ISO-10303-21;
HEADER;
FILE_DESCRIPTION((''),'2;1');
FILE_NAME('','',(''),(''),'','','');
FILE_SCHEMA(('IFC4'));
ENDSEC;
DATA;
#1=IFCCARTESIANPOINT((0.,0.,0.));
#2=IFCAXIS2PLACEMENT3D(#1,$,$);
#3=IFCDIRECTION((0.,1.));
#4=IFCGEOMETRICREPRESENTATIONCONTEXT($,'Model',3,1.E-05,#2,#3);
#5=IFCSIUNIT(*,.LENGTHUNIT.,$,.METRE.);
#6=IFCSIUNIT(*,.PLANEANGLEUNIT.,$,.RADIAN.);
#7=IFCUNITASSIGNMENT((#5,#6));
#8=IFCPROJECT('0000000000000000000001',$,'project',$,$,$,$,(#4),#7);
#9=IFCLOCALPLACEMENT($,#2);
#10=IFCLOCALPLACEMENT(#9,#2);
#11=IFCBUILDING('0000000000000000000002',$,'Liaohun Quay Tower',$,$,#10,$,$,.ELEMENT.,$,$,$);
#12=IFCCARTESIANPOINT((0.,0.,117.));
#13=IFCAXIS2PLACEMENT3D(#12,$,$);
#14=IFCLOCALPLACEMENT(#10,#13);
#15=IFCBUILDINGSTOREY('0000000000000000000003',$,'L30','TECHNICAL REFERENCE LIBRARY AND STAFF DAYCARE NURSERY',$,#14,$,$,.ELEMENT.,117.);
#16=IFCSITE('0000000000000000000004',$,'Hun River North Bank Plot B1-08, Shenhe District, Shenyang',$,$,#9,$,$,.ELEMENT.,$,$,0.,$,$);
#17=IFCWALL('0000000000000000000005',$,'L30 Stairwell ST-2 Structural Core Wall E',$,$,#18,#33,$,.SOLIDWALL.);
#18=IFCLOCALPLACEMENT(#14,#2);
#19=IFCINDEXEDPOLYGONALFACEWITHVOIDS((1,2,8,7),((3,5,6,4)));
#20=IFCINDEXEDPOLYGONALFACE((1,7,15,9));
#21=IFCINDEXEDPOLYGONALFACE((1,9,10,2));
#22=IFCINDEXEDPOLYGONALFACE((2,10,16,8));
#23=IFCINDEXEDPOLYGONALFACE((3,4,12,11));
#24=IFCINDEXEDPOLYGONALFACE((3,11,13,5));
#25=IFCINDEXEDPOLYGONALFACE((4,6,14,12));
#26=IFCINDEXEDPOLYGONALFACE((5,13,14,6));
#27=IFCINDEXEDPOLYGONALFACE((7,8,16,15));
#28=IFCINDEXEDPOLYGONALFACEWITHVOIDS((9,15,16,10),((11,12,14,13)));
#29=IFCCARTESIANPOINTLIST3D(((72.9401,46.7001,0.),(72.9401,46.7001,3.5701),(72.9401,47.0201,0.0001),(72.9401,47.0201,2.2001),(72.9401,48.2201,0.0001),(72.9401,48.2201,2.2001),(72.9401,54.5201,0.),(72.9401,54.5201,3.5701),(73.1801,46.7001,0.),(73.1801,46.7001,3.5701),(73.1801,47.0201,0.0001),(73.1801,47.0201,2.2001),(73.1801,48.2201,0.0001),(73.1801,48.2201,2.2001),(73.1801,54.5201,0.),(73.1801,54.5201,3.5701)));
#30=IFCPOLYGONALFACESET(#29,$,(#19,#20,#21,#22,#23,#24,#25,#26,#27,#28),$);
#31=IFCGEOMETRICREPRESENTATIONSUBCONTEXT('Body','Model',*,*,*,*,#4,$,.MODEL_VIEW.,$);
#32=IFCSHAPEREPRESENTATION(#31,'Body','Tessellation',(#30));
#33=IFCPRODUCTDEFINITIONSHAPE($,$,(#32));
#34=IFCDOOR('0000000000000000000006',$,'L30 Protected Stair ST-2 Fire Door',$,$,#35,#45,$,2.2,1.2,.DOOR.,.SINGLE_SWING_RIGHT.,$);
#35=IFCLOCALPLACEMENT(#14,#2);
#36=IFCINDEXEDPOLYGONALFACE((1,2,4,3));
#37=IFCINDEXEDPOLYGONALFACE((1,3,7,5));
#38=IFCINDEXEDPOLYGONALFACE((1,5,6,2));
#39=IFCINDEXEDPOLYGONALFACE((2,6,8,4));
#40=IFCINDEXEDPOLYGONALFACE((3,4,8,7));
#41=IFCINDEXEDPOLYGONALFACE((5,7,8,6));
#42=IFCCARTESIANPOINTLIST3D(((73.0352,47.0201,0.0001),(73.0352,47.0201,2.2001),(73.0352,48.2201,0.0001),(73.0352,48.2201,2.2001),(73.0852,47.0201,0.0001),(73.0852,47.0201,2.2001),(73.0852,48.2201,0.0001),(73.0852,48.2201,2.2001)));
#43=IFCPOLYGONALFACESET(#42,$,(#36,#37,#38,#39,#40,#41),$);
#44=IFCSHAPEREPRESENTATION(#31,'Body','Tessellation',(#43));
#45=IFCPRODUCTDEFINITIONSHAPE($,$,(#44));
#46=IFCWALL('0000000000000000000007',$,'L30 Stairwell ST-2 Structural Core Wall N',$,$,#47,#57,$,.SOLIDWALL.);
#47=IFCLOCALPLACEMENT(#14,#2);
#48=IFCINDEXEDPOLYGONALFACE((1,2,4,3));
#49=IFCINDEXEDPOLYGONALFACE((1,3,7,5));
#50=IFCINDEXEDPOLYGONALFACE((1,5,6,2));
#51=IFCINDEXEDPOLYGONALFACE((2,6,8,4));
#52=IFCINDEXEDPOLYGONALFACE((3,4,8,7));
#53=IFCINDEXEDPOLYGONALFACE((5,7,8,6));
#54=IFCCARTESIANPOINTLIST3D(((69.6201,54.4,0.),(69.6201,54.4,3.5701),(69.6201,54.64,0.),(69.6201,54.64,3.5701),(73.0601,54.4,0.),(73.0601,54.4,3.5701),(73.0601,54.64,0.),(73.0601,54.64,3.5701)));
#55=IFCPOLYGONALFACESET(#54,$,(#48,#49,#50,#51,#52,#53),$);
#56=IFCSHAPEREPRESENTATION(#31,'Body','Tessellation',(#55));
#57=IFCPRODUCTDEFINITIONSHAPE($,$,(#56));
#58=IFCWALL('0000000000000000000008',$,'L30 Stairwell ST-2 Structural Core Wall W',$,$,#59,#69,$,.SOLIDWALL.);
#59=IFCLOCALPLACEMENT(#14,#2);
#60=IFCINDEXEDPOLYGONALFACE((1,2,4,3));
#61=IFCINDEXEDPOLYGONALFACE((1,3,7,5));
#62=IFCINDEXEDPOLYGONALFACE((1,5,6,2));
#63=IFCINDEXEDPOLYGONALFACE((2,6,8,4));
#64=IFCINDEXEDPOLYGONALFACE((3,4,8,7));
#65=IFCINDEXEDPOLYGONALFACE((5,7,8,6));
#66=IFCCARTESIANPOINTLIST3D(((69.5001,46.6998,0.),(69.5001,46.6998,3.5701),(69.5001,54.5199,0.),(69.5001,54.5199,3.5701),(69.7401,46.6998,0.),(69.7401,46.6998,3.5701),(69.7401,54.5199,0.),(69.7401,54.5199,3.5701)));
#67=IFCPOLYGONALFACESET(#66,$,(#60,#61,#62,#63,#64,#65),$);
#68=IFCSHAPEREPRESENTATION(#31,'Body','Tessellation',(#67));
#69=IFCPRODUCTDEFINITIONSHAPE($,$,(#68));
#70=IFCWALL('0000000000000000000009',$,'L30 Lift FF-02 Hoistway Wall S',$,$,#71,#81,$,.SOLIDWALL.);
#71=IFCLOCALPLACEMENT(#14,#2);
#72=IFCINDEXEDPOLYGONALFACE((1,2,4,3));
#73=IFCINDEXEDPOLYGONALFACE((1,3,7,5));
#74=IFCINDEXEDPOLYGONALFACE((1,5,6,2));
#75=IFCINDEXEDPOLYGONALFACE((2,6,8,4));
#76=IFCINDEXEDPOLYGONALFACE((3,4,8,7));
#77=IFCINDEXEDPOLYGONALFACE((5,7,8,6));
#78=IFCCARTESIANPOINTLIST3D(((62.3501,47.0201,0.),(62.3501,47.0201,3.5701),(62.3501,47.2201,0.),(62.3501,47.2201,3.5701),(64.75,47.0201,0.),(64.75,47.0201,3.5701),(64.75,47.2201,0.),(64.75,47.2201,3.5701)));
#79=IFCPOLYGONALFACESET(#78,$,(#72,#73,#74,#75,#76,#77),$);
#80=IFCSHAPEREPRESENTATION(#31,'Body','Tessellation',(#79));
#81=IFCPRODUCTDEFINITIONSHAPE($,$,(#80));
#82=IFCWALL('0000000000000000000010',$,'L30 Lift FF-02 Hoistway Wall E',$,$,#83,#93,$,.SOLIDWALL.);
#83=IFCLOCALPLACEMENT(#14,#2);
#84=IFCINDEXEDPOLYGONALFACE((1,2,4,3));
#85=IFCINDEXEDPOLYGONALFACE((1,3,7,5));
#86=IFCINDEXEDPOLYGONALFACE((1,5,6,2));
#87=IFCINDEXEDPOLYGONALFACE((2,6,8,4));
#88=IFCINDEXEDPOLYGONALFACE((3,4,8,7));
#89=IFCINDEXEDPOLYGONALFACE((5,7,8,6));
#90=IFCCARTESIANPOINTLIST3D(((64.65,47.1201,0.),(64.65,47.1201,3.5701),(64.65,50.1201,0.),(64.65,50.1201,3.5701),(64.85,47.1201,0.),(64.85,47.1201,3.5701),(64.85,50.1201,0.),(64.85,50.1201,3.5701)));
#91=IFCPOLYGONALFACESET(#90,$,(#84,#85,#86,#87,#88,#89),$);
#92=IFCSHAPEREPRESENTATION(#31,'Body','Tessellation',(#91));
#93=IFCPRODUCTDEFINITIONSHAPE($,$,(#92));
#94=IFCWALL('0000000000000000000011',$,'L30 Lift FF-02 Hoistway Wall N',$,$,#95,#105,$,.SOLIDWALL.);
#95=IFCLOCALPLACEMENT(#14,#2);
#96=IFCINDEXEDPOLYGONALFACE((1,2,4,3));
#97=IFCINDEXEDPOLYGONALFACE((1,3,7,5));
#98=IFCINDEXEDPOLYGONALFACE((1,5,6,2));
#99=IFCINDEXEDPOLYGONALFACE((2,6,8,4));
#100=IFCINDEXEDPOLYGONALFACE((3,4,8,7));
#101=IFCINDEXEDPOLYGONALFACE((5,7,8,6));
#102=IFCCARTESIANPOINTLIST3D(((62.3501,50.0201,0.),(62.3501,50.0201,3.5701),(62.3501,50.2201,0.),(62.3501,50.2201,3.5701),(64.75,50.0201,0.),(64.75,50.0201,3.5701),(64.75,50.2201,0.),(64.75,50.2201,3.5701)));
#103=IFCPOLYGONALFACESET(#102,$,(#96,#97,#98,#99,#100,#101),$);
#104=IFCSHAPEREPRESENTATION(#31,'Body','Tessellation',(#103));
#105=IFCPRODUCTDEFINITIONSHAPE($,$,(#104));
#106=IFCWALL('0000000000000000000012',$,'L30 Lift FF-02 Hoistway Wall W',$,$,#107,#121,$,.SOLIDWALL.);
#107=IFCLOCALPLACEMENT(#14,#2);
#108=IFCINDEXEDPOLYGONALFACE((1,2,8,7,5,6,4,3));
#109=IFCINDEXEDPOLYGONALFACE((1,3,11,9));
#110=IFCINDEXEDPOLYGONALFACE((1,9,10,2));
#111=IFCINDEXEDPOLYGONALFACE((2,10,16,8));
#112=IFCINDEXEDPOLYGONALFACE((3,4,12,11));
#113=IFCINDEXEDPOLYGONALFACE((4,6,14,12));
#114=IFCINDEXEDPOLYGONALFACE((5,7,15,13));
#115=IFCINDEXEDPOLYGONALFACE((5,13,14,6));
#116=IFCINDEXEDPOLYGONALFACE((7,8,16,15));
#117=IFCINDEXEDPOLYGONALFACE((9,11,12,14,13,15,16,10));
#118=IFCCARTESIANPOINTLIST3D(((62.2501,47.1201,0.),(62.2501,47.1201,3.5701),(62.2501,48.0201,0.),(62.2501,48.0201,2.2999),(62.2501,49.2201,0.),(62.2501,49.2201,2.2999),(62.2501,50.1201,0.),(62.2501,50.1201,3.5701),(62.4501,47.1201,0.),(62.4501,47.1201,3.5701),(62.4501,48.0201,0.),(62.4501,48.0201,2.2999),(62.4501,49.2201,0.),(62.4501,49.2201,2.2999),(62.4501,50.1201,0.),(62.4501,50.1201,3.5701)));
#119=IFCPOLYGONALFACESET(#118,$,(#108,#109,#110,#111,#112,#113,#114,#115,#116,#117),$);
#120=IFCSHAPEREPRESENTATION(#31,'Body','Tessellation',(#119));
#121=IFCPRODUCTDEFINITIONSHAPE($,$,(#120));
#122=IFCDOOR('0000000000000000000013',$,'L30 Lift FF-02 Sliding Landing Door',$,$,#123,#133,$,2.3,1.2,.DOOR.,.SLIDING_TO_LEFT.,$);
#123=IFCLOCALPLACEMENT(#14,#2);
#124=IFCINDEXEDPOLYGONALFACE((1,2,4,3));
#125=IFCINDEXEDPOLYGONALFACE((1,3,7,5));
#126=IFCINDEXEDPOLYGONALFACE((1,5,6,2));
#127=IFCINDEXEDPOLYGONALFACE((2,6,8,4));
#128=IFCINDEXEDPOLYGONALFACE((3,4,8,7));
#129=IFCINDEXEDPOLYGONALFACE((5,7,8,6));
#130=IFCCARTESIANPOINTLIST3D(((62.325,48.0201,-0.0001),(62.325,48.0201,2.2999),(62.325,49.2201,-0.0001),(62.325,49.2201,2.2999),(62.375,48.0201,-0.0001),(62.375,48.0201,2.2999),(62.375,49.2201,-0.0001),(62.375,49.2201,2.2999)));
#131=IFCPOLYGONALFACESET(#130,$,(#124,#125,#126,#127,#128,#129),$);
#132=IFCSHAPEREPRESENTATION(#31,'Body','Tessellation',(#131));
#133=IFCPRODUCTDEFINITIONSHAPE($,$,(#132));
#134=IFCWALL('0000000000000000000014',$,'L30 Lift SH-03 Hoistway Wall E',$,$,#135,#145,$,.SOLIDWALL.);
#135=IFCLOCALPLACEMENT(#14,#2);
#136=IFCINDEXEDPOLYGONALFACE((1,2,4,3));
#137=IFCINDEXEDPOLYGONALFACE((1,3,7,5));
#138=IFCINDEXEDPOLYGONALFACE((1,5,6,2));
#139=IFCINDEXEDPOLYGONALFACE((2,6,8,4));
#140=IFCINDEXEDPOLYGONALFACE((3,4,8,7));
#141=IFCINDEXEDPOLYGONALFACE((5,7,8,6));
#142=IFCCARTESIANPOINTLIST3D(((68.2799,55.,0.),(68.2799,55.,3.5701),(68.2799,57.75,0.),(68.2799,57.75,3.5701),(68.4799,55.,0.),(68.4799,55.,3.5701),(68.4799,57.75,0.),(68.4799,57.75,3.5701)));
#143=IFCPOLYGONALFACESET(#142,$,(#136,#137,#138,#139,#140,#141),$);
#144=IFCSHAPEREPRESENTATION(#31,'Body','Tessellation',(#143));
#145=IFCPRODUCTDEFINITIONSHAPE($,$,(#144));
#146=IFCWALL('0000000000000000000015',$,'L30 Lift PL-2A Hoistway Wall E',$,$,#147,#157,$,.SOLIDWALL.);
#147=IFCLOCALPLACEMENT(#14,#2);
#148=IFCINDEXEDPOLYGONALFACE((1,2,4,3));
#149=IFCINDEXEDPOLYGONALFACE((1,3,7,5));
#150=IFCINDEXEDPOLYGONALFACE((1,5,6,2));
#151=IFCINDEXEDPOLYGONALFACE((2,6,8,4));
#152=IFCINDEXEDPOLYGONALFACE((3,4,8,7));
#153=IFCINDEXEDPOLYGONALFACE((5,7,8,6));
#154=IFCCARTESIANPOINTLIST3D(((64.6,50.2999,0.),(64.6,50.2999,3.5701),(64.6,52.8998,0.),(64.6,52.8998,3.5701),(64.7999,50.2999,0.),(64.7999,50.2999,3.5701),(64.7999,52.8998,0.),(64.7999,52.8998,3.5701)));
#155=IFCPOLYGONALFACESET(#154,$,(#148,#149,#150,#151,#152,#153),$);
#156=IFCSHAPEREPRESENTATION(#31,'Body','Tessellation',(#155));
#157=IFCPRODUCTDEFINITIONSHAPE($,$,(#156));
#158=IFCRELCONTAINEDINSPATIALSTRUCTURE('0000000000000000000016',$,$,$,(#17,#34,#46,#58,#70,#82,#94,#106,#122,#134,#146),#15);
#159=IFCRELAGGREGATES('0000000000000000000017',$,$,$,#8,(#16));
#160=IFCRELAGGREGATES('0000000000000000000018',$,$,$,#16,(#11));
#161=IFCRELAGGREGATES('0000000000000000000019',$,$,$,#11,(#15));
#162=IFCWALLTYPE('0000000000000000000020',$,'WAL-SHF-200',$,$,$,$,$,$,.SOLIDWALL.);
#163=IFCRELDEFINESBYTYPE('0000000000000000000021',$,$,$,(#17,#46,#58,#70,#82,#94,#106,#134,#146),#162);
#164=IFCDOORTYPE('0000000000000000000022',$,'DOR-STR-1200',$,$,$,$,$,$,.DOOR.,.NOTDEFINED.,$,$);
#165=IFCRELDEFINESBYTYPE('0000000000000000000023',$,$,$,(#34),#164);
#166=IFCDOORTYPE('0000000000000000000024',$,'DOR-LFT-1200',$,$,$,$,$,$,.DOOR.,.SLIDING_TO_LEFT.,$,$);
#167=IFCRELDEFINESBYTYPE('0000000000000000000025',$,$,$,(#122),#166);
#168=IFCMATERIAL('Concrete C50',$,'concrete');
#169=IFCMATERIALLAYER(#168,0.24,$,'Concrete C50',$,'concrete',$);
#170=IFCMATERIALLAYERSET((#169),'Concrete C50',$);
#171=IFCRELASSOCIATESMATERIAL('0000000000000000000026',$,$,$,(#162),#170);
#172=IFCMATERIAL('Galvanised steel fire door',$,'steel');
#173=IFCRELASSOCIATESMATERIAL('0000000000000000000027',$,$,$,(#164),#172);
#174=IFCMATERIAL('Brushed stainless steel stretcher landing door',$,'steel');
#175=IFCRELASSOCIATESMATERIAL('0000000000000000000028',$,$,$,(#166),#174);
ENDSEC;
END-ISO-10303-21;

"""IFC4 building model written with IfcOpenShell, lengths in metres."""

from ifc_helpers import new_model, si_unit, direction, frame, frame_2d, origin, place, context, subcontext, project, spatial, rectangle, extrude, source, transform, mapped, material, layer, layer_set, type_object, element, fill, save


model = new_model("IFC4")

# Units and contexts
model_context = context("Model", 3, precision=1e-05, world=origin(), true_north=direction((0.0, 1.0)))
body_context = subcontext(model_context, "Body", "Model", "MODEL_VIEW")
ifc_project = project(units=[si_unit("LENGTHUNIT", "METRE"), si_unit("PLANEANGLEUNIT", "RADIAN")], contexts=[model_context])

# Site, building, storey
site_placement = place(None, origin())
site = spatial("IfcSite", under=ifc_project, at=site_placement, Name="Hun River North Bank Plot B1-08, Shenhe District, Shenyang", CompositionType="ELEMENT", RefElevation=0.0)
building_placement = place(site_placement, origin())
building = spatial("IfcBuilding", under=site, at=building_placement, Name="Liaohun Quay Tower", CompositionType="ELEMENT")
storey_placement = place(building_placement, frame((0.0, 0.0, 117.0)))
storey = spatial("IfcBuildingStorey", under=building, at=storey_placement, Name="L30", Description="TECHNICAL REFERENCE LIBRARY AND STAFF DAYCARE NURSERY", CompositionType="ELEMENT", Elevation=117.0)

# Wall, opening, door
ifc_material_1 = material(Name="Concrete C50", Category="concrete")
ifc_layer_1 = layer(ifc_material_1, 0.24, Name="Concrete C50", Category="concrete")
ifc_layer_set_1 = layer_set([ifc_layer_1], Name="Concrete C50")
wall_type_1 = type_object("IfcWallType", Name="WAL-SHF-200", PredefinedType="SOLIDWALL", material=ifc_layer_set_1)
wall_1_placement = place(storey_placement, frame((73.0601, 46.7, 0.0), z_axis=(0.0, 0.0, 1.0), x_axis=(0.0, 1.0, 0.0)))
wall_1 = element("IfcWall", 1, at=wall_1_placement, inside=storey, type_object=wall_type_1, Name="L30 Stairwell ST-2 Structural Core Wall E", PredefinedType="SOLIDWALL", context=body_context, shape_type="SweptSolid", body=[
    extrude(rectangle(XDim=7.8201, YDim=0.24, at=frame_2d((3.9102, 0.0))), origin(), (0.0, 0.0, 1.0), 3.5701),
])
shared_shape_1 = source(origin(), body_context, "Body", "SweptSolid", [
    extrude(rectangle(XDim=1.2, YDim=2.2, at=frame_2d((0.6001, 1.1001))), frame((0.0, 0.1299, 0.0), z_axis=(0.0, -1.0, 0.0), x_axis=(1.0, 0.0, 0.0)), (0.0, 0.0, 1.0), 0.26),
])
opening_1_placement = place(wall_1_placement, frame((0.3201, 0.0, 0.0)))
opening_1 = element("IfcOpeningElement", 2, at=opening_1_placement, cuts=wall_1, PredefinedType="OPENING", context=body_context, shape_type="MappedRepresentation", body=[
    mapped(shared_shape_1, transform((0.0, 0.0, 0.0), x_axis=(1.0, 0.0, 0.0), y_axis=(0.0, 1.0, 0.0), z_axis=(0.0, 0.0, 1.0), scale=1.0)),
])
ifc_material_2 = material(Name="Galvanised steel fire door", Category="steel")
door_type_1 = type_object("IfcDoorType", Name="DOR-STR-1200", OperationType="NOTDEFINED", PredefinedType="DOOR", material=ifc_material_2)
shared_shape_2 = source(origin(), body_context, "Body", "SweptSolid", [
    extrude(rectangle(XDim=1.2, YDim=2.2, at=frame_2d((0.6001, 1.1001))), frame((0.0, 0.0249, 0.0), z_axis=(0.0, -1.0, 0.0), x_axis=(1.0, 0.0, 0.0)), (0.0, 0.0, 1.0), 0.05),
])
door_1_placement = place(opening_1_placement, origin())
door_1 = element("IfcDoor", 3, at=door_1_placement, inside=storey, type_object=door_type_1, Name="L30 Protected Stair ST-2 Fire Door", OperationType="SINGLE_SWING_RIGHT", OverallHeight=2.2, OverallWidth=1.2, PredefinedType="DOOR", context=body_context, shape_type="MappedRepresentation", body=[
    mapped(shared_shape_2, transform((0.0, 0.0, 0.0), x_axis=(1.0, 0.0, 0.0), y_axis=(0.0, 1.0, 0.0), z_axis=(0.0, 0.0, 1.0), scale=1.0)),
])
fill(opening_1, door_1)

# Walls
wall_2_placement = place(storey_placement, frame((73.0601, 54.52, 0.0), z_axis=(0.0, 0.0, 1.0), x_axis=(-1.0, 0.0, 0.0)))
element("IfcWall", 4, at=wall_2_placement, inside=storey, type_object=wall_type_1, Name="L30 Stairwell ST-2 Structural Core Wall N", PredefinedType="SOLIDWALL", context=body_context, shape_type="SweptSolid", body=[
    extrude(rectangle(XDim=3.4399, YDim=0.24, at=frame_2d((1.72, 0.0))), origin(), (0.0, 0.0, 1.0), 3.5701),
])
wall_3_placement = place(storey_placement, frame((69.6201, 54.52, 0.0), z_axis=(0.0, 0.0, 1.0), x_axis=(0.0, -1.0, 0.0)))
element("IfcWall", 5, at=wall_3_placement, inside=storey, type_object=wall_type_1, Name="L30 Stairwell ST-2 Structural Core Wall W", PredefinedType="SOLIDWALL", context=body_context, shape_type="SweptSolid", body=[
    extrude(rectangle(XDim=7.8201, YDim=0.24, at=frame_2d((3.9102, 0.0))), origin(), (0.0, 0.0, 1.0), 3.5701),
])
wall_4_placement = place(storey_placement, frame((62.3501, 47.1201, 0.0), z_axis=(0.0, 0.0, 1.0), x_axis=(1.0, 0.0, 0.0)))
element("IfcWall", 6, at=wall_4_placement, inside=storey, type_object=wall_type_1, Name="L30 Lift FF-02 Hoistway Wall S", PredefinedType="SOLIDWALL", context=body_context, shape_type="SweptSolid", body=[
    extrude(rectangle(XDim=2.3999, YDim=0.2, at=frame_2d((1.2, 0.0))), origin(), (0.0, 0.0, 1.0), 3.5701),
])
wall_5_placement = place(storey_placement, frame((64.75, 47.1201, 0.0), z_axis=(0.0, 0.0, 1.0), x_axis=(0.0, 1.0, 0.0)))
element("IfcWall", 7, at=wall_5_placement, inside=storey, type_object=wall_type_1, Name="L30 Lift FF-02 Hoistway Wall E", PredefinedType="SOLIDWALL", context=body_context, shape_type="SweptSolid", body=[
    extrude(rectangle(XDim=3.0, YDim=0.2, at=frame_2d((1.5, 0.0))), origin(), (0.0, 0.0, 1.0), 3.5701),
])
wall_6_placement = place(storey_placement, frame((64.75, 50.1201, 0.0), z_axis=(0.0, 0.0, 1.0), x_axis=(-1.0, 0.0, 0.0)))
element("IfcWall", 8, at=wall_6_placement, inside=storey, type_object=wall_type_1, Name="L30 Lift FF-02 Hoistway Wall N", PredefinedType="SOLIDWALL", context=body_context, shape_type="SweptSolid", body=[
    extrude(rectangle(XDim=2.3999, YDim=0.2, at=frame_2d((1.2, 0.0))), origin(), (0.0, 0.0, 1.0), 3.5701),
])

# Wall, opening, door
wall_7_placement = place(storey_placement, frame((62.3501, 50.1201, 0.0), z_axis=(0.0, 0.0, 1.0), x_axis=(0.0, -1.0, 0.0)))
wall_7 = element("IfcWall", 9, at=wall_7_placement, inside=storey, type_object=wall_type_1, Name="L30 Lift FF-02 Hoistway Wall W", PredefinedType="SOLIDWALL", context=body_context, shape_type="SweptSolid", body=[
    extrude(rectangle(XDim=3.0, YDim=0.2, at=frame_2d((1.5, 0.0))), origin(), (0.0, 0.0, 1.0), 3.5701),
])
shared_shape_3 = source(origin(), body_context, "Body", "SweptSolid", [
    extrude(rectangle(XDim=1.2, YDim=2.3, at=frame_2d((0.6001, 1.1499))), frame((0.0, 0.1099, 0.0), z_axis=(0.0, -1.0, 0.0), x_axis=(1.0, 0.0, 0.0)), (0.0, 0.0, 1.0), 0.22),
])
opening_2_placement = place(wall_7_placement, frame((0.8999, 0.0, 0.0)))
opening_2 = element("IfcOpeningElement", 10, at=opening_2_placement, cuts=wall_7, PredefinedType="OPENING", context=body_context, shape_type="MappedRepresentation", body=[
    mapped(shared_shape_3, transform((0.0, 0.0, 0.0), x_axis=(1.0, 0.0, 0.0), y_axis=(0.0, 1.0, 0.0), z_axis=(0.0, 0.0, 1.0), scale=1.0)),
])
ifc_material_3 = material(Name="Brushed stainless steel stretcher landing door", Category="steel")
door_type_2 = type_object("IfcDoorType", Name="DOR-LFT-1200", OperationType="SLIDING_TO_LEFT", PredefinedType="DOOR", material=ifc_material_3)
shared_shape_4 = source(origin(), body_context, "Body", "SweptSolid", [
    extrude(rectangle(XDim=1.2, YDim=2.3, at=frame_2d((0.6001, 1.1499))), frame((0.0, 0.0249, 0.0), z_axis=(0.0, -1.0, 0.0), x_axis=(1.0, 0.0, 0.0)), (0.0, 0.0, 1.0), 0.05),
])
door_2_placement = place(opening_2_placement, origin())
door_2 = element("IfcDoor", 11, at=door_2_placement, inside=storey, type_object=door_type_2, Name="L30 Lift FF-02 Sliding Landing Door", OperationType="SLIDING_TO_LEFT", OverallHeight=2.3, OverallWidth=1.2, PredefinedType="DOOR", context=body_context, shape_type="MappedRepresentation", body=[
    mapped(shared_shape_4, transform((0.0, 0.0, 0.0), x_axis=(1.0, 0.0, 0.0), y_axis=(0.0, 1.0, 0.0), z_axis=(0.0, 0.0, 1.0), scale=1.0)),
])
fill(opening_2, door_2)

# Walls
wall_8_placement = place(storey_placement, frame((68.3799, 55.0, 0.0), z_axis=(0.0, 0.0, 1.0), x_axis=(0.0, 1.0, 0.0)))
element("IfcWall", 12, at=wall_8_placement, inside=storey, type_object=wall_type_1, Name="L30 Lift SH-03 Hoistway Wall E", PredefinedType="SOLIDWALL", context=body_context, shape_type="SweptSolid", body=[
    extrude(rectangle(XDim=2.75, YDim=0.2, at=frame_2d((1.375, 0.0))), origin(), (0.0, 0.0, 1.0), 3.5701),
])
wall_9_placement = place(storey_placement, frame((64.7, 50.3, 0.0), z_axis=(0.0, 0.0, 1.0), x_axis=(0.0, 1.0, 0.0)))
element("IfcWall", 13, at=wall_9_placement, inside=storey, type_object=wall_type_1, Name="L30 Lift PL-2A Hoistway Wall E", PredefinedType="SOLIDWALL", context=body_context, shape_type="SweptSolid", body=[
    extrude(rectangle(XDim=2.5999, YDim=0.2, at=frame_2d((1.2998, 0.0))), origin(), (0.0, 0.0, 1.0), 3.5701),
])

save(model, "model.ifc")
